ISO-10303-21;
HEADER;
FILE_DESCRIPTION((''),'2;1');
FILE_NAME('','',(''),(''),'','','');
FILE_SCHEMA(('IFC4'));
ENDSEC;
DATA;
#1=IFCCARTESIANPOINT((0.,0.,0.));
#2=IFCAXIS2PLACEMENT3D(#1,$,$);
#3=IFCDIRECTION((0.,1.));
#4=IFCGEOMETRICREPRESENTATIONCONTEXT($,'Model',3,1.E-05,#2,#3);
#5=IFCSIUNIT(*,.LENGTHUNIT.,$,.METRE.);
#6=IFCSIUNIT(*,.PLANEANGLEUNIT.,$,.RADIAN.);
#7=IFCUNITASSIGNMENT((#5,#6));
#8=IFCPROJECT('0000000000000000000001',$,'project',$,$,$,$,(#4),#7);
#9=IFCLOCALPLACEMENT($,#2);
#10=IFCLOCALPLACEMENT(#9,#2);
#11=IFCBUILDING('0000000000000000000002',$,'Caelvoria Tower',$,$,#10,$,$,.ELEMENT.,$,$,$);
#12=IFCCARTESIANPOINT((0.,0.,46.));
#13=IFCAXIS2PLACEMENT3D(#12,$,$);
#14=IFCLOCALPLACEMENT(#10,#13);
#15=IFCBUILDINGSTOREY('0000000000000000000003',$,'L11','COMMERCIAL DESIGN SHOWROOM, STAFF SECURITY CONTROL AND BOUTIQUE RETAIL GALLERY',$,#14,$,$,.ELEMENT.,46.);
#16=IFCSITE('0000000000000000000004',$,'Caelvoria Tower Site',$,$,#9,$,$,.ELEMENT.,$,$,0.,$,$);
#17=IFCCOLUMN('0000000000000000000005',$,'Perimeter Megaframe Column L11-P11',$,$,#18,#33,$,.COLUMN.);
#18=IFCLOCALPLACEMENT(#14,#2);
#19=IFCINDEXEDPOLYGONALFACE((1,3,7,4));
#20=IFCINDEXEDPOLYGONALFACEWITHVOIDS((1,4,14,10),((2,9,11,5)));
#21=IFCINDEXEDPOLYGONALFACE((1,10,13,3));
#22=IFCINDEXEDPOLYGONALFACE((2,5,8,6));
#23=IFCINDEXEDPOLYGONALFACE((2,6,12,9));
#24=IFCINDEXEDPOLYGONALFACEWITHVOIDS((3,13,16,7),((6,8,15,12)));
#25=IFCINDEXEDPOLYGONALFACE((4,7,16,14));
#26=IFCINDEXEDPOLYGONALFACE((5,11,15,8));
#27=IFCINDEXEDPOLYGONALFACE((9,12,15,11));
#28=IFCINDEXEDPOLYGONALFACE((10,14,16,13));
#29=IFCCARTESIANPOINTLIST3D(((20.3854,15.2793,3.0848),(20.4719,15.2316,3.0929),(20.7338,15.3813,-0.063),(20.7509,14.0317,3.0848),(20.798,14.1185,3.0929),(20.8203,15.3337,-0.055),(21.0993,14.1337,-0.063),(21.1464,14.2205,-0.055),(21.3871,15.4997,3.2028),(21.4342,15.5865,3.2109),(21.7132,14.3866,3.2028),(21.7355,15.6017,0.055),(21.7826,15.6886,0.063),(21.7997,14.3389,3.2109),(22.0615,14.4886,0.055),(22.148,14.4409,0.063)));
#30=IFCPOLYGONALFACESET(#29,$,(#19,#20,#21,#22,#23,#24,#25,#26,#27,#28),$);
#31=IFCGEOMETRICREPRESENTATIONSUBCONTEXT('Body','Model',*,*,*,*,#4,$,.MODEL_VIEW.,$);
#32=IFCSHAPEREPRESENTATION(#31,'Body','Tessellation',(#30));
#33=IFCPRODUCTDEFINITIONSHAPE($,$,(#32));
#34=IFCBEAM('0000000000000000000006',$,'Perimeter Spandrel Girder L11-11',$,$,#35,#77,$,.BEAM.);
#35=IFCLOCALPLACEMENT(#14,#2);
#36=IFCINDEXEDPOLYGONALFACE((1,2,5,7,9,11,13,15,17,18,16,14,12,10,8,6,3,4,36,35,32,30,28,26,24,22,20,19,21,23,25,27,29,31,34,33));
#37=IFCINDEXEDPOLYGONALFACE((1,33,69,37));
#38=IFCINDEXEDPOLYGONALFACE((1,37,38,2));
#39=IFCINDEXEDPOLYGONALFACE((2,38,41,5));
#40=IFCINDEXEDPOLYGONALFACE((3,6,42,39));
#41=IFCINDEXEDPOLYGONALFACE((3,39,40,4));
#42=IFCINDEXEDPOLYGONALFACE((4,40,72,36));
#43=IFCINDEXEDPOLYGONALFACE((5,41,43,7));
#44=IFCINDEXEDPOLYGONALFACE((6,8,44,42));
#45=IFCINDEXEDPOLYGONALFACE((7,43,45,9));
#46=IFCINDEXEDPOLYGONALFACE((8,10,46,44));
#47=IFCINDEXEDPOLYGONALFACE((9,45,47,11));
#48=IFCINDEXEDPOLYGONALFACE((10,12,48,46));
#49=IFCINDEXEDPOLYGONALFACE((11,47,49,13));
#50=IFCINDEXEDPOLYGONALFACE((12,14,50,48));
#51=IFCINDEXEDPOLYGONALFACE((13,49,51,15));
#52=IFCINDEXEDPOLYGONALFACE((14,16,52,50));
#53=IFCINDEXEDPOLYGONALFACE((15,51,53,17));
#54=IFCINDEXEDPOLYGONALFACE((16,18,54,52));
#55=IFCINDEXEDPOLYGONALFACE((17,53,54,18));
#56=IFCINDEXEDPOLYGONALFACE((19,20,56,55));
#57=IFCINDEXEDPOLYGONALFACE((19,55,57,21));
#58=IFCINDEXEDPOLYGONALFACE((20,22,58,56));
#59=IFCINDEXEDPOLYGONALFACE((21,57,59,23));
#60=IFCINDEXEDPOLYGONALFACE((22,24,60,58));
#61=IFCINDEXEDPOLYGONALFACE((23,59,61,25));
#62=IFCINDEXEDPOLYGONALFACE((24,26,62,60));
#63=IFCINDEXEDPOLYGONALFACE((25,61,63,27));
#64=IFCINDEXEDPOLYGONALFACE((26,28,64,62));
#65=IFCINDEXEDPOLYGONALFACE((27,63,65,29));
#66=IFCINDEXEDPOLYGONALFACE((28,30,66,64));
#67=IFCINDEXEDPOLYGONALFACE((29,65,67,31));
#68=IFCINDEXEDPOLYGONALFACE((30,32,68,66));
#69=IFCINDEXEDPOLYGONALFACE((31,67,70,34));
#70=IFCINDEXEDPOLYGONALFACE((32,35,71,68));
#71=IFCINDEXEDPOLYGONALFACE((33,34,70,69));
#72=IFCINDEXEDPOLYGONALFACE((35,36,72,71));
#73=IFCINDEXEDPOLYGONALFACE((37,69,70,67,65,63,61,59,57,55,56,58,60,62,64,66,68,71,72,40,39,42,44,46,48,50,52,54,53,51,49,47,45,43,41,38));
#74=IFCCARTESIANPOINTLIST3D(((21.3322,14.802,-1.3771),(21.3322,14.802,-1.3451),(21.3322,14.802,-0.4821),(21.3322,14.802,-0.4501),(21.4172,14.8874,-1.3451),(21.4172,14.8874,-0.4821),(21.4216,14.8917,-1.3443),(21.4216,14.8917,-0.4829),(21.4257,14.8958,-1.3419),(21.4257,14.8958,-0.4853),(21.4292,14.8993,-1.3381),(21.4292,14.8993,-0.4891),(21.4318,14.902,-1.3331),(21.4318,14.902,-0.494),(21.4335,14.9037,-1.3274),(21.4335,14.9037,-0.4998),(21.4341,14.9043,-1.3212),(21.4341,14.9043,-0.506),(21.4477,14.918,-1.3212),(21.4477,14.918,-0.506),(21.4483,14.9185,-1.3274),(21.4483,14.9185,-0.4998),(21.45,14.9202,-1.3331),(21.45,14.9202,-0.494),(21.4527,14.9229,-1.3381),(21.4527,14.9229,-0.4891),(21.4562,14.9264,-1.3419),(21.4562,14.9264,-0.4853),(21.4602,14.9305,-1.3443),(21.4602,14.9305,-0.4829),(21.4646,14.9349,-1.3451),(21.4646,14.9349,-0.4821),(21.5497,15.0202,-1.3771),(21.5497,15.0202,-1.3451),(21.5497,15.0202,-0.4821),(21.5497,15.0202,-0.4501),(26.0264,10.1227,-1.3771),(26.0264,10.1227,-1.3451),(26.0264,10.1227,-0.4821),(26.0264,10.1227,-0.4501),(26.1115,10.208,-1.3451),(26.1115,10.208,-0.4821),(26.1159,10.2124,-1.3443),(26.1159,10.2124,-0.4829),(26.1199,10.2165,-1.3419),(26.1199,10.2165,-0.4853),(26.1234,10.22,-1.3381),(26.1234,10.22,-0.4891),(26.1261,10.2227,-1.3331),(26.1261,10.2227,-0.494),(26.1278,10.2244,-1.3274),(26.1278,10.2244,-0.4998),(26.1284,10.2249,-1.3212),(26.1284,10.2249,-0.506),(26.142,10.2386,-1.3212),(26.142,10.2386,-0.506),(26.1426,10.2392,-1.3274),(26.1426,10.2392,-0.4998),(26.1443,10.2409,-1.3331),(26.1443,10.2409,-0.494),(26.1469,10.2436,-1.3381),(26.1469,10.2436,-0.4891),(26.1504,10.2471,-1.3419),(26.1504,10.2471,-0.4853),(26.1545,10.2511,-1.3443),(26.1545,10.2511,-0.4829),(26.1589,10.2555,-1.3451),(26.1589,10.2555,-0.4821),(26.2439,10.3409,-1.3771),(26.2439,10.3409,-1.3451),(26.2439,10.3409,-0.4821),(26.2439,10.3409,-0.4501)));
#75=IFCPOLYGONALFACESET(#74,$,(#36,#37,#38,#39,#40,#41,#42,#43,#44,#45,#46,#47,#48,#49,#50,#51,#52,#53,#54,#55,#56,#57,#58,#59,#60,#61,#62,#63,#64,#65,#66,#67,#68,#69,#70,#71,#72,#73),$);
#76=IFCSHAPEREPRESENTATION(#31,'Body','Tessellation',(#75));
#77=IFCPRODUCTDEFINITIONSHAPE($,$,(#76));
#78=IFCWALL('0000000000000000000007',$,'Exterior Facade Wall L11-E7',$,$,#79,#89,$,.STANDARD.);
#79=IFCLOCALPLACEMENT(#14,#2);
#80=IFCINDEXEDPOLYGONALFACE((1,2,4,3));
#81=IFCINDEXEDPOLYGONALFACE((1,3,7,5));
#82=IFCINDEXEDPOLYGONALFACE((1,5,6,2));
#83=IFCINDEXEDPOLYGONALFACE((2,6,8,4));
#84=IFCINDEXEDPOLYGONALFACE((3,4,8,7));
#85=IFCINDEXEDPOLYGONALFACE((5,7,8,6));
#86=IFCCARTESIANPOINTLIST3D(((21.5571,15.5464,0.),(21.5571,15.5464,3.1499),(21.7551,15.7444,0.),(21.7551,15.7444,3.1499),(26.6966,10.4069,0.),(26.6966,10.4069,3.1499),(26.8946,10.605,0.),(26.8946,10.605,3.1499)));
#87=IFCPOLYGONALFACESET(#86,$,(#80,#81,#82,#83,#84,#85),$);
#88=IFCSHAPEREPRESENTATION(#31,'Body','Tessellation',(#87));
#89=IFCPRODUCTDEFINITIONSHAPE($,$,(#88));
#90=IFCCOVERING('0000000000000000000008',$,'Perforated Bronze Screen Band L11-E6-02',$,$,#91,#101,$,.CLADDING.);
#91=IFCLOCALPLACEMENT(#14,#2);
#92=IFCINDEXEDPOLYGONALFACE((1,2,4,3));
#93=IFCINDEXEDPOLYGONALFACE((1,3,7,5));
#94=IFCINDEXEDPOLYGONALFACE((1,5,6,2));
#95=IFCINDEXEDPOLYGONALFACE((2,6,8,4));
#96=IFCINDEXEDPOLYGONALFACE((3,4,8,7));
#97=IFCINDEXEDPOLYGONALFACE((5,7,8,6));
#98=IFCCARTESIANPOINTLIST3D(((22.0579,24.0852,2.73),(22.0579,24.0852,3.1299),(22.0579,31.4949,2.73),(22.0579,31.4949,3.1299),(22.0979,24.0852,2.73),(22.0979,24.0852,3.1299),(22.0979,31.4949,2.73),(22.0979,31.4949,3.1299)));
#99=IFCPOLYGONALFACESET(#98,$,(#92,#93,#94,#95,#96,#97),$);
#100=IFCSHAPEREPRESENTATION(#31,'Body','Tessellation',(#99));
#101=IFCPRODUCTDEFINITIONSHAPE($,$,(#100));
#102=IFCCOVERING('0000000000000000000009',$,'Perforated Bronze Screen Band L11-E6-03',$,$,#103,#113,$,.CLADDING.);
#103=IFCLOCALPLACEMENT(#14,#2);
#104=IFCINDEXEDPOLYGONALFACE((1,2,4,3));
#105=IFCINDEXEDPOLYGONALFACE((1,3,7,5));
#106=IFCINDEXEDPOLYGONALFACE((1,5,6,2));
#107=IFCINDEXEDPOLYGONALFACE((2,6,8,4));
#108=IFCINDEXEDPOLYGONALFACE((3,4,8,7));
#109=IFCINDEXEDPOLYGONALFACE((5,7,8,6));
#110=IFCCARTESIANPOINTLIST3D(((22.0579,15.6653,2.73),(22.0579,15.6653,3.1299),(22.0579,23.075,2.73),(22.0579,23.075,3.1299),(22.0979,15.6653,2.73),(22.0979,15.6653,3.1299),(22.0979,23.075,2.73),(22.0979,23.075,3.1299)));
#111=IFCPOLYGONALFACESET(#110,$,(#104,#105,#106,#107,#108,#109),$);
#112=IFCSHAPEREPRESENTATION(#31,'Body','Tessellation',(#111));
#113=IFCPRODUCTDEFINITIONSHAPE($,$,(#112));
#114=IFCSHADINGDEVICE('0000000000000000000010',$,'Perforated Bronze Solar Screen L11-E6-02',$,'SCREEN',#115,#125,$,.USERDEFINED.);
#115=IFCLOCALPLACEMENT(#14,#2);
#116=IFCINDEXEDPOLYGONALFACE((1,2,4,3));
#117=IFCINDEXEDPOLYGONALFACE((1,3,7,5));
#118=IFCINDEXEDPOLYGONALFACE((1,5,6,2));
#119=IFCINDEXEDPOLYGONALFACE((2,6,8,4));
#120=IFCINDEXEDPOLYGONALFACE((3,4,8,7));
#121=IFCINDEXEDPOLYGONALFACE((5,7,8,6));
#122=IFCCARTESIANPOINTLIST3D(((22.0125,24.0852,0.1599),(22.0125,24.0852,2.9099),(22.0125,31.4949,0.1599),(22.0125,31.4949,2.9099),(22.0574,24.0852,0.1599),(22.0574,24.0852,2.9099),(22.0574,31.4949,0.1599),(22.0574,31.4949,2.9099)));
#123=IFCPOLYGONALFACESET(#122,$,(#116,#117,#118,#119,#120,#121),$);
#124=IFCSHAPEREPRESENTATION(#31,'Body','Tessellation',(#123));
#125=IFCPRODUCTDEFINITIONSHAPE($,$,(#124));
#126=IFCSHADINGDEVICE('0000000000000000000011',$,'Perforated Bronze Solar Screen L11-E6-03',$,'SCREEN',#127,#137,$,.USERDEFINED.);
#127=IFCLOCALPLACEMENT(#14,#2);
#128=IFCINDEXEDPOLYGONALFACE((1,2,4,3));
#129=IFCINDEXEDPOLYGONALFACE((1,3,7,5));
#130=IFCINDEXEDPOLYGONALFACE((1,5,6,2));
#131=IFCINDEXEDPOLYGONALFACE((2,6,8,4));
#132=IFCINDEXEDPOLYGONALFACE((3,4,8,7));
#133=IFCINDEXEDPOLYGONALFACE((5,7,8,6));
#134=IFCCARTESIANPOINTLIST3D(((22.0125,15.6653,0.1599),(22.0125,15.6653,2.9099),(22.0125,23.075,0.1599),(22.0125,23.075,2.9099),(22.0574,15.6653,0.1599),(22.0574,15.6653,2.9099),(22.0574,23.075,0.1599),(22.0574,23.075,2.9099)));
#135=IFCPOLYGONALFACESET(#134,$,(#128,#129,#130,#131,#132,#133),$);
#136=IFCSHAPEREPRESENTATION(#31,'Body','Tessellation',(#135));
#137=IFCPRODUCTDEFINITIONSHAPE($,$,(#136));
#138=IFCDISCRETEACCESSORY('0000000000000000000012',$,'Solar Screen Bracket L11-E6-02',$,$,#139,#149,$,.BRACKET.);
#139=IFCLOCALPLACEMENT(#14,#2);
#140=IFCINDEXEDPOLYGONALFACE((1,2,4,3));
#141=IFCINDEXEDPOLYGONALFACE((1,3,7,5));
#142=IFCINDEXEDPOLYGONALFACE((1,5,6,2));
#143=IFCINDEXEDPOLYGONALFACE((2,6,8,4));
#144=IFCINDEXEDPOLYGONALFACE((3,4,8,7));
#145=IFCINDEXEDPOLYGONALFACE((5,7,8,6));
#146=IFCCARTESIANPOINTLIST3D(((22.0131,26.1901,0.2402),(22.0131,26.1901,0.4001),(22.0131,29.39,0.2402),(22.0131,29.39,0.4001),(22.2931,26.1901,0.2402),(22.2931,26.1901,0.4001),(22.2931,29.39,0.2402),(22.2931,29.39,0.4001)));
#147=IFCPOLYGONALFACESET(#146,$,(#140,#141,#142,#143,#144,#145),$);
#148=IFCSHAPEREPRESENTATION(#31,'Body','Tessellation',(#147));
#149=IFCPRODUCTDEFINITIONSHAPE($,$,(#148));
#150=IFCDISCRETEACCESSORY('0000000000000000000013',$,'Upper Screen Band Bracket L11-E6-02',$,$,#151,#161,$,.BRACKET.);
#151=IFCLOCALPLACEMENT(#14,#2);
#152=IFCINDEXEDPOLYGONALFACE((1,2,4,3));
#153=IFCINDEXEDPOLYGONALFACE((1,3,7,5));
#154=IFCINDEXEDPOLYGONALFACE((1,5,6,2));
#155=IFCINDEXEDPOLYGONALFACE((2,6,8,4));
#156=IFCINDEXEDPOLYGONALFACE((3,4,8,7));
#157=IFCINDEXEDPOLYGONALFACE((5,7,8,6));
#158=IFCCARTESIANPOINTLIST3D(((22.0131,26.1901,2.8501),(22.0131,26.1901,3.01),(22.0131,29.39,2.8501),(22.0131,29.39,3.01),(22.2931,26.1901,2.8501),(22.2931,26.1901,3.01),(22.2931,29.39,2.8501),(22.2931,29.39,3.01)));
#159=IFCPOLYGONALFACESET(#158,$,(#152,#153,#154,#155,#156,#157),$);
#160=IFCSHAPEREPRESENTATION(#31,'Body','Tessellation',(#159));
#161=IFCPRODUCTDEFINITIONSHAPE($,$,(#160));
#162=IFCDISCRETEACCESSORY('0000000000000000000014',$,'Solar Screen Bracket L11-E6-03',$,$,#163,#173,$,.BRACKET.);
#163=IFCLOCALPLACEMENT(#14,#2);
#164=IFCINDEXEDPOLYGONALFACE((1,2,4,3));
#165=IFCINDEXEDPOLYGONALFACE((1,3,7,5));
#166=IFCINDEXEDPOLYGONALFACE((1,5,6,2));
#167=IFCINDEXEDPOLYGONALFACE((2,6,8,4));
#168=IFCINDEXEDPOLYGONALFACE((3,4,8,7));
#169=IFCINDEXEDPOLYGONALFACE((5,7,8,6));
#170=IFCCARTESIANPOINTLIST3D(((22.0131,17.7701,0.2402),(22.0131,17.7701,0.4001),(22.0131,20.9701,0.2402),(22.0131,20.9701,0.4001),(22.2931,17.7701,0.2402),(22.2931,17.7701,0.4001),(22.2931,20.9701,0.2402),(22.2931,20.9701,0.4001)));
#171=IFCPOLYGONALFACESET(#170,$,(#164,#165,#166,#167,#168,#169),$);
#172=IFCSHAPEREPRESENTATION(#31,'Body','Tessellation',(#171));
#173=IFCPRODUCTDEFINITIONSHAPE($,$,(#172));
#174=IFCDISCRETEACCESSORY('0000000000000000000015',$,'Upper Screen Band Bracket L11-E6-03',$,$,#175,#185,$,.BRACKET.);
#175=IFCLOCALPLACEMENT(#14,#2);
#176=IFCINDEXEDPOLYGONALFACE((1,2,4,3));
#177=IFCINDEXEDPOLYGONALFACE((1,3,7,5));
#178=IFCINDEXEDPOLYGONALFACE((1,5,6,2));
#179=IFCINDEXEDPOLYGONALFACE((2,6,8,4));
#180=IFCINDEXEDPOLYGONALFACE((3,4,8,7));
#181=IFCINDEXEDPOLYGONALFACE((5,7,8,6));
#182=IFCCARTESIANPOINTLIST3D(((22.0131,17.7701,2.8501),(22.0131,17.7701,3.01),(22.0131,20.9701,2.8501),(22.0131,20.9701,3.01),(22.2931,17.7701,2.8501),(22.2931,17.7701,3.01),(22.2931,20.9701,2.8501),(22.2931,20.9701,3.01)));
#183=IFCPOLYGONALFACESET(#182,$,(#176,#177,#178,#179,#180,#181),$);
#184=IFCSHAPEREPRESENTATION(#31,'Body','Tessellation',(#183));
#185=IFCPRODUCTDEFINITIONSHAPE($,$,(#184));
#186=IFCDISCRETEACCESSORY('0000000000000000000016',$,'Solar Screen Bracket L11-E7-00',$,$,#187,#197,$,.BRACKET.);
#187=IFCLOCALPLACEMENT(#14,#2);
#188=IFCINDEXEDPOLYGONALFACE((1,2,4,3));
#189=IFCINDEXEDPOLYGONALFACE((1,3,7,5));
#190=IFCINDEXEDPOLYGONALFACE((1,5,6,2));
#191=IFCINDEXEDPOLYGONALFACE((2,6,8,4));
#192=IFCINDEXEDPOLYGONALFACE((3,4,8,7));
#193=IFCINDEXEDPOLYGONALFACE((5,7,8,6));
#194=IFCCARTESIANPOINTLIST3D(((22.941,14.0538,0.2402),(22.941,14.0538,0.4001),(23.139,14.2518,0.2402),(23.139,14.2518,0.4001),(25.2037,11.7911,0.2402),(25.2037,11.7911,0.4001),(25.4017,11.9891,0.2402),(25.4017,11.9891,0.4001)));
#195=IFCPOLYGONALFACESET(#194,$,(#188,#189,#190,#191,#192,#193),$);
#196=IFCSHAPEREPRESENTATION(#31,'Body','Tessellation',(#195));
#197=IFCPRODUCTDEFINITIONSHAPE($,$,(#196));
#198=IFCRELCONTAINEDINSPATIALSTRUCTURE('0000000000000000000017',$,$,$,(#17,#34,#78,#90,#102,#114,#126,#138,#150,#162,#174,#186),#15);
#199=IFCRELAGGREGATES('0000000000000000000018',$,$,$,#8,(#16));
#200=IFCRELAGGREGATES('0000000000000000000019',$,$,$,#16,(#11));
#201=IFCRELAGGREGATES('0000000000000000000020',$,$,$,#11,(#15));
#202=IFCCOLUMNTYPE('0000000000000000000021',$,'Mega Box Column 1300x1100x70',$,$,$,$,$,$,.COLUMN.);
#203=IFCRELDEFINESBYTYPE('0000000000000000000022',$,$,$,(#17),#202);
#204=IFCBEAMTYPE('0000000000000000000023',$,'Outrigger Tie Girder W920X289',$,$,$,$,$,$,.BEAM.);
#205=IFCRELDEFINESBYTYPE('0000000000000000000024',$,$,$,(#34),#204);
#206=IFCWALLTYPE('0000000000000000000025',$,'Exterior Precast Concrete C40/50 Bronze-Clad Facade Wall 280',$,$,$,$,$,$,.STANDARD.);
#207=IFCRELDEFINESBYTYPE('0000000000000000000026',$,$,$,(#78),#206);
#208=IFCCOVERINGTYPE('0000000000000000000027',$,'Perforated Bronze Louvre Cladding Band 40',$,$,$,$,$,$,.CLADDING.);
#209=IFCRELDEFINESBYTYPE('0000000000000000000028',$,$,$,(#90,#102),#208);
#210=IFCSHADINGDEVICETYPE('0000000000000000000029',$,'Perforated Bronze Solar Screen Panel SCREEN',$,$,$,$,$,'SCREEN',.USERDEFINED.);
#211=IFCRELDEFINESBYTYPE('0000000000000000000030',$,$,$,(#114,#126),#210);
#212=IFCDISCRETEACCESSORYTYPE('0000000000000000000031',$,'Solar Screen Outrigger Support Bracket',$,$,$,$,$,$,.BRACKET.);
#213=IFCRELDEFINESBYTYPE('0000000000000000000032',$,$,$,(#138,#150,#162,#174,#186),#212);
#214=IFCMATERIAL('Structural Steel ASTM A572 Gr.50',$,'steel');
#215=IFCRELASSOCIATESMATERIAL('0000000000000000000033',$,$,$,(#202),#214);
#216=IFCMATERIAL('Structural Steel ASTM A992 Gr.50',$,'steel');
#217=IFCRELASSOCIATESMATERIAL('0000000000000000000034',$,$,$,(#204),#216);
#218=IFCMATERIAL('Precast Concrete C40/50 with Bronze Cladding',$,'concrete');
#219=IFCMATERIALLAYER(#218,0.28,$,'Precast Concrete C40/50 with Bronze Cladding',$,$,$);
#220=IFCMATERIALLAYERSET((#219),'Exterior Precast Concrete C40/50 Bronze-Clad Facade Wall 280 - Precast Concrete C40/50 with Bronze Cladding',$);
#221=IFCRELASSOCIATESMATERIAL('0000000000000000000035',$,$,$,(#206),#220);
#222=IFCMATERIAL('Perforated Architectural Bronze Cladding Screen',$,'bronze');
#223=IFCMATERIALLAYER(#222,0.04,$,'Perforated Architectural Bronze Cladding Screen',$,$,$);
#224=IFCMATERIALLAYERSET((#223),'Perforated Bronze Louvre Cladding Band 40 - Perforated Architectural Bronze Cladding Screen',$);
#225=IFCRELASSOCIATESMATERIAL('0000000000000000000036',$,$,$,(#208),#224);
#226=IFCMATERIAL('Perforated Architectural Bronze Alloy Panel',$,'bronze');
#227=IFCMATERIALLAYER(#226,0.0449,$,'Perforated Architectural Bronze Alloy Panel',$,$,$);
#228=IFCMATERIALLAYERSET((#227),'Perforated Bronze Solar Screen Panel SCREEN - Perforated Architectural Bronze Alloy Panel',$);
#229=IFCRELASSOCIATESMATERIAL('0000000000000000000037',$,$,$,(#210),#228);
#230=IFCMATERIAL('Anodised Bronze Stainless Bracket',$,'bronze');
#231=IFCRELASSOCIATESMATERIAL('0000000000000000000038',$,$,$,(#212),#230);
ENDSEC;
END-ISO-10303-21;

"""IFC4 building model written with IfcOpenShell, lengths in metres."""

from ifc_helpers import new_model, si_unit, direction, frame, frame_2d, origin, origin_2d, place, context, subcontext, project, spatial, rectangle, hollow_rectangle, i_section, extrude, material, layer, layer_set, material_profile, profile_set, type_object, element, save


model = new_model("IFC4")

# Units and contexts
model_context = context("Model", 3, precision=1e-05, world=origin(), true_north=direction((0.0, 1.0)))
body_context = subcontext(model_context, "Body", "Model", "MODEL_VIEW")
ifc_project = project(units=[si_unit("LENGTHUNIT", "METRE"), si_unit("PLANEANGLEUNIT", "RADIAN")], contexts=[model_context])

# Site, building, storey
site_placement = place(None, origin())
site = spatial("IfcSite", under=ifc_project, at=site_placement, Name="Caelvoria Tower Site", CompositionType="ELEMENT", RefElevation=0.0)
building_placement = place(site_placement, origin())
building = spatial("IfcBuilding", under=site, at=building_placement, Name="Caelvoria Tower", CompositionType="ELEMENT")
storey_placement = place(building_placement, frame((0.0, 0.0, 46.0)))
storey = spatial("IfcBuildingStorey", under=building, at=storey_placement, Name="L11", Description="COMMERCIAL DESIGN SHOWROOM, STAFF SECURITY CONTROL AND BOUTIQUE RETAIL GALLERY", CompositionType="ELEMENT", Elevation=46.0)

# Column
ifc_material_1 = material(Name="Structural Steel ASTM A572 Gr.50", Category="steel")
ifc_material_profile_1 = material_profile(ifc_material_1, hollow_rectangle(XDim=1.1001, YDim=1.3, WallThickness=0.0701, at=origin_2d()), Name="Structural Steel ASTM A572 Gr.50")
ifc_profile_set_1 = profile_set([ifc_material_profile_1], Name="BOX1300X1100X70 - Structural Steel ASTM A572 Gr.50")
column_type = type_object("IfcColumnType", Name="Mega Box Column 1300x1100x70", PredefinedType="COLUMN", material=ifc_profile_set_1)
column_placement = place(storey_placement, frame((21.4409, 14.9111, 0.0), z_axis=(-0.109943, -0.032205, 0.993416), x_axis=(0.953357, 0.279259, 0.114563)))
element("IfcColumn", 1, at=column_placement, inside=storey, type_object=column_type, Name="Perimeter Megaframe Column L11-P11", PredefinedType="COLUMN", context=body_context, shape_type="SweptSolid", body=[
    extrude(hollow_rectangle(XDim=1.1001, YDim=1.3, WallThickness=0.0701, at=origin_2d()), origin(), (0.0, 0.0, 1.0), 3.1687),
])

# Beam
ifc_material_2 = material(Name="Structural Steel ASTM A992 Gr.50", Category="steel")
ifc_material_profile_2 = material_profile(ifc_material_2, i_section(OverallWidth=0.3081, OverallDepth=0.927, WebThickness=0.0193, FlangeThickness=0.032, FilletRadius=0.0239, at=origin_2d()), Name="Structural Steel ASTM A992 Gr.50")
ifc_profile_set_2 = profile_set([ifc_material_profile_2], Name="W920X289 - Structural Steel ASTM A992 Gr.50")
beam_type = type_object("IfcBeamType", Name="Outrigger Tie Girder W920X289", PredefinedType="BEAM", material=ifc_profile_set_2)
beam_placement = place(storey_placement, frame((21.4409, 14.9111, -0.9136), z_axis=(0.708229, -0.705982, 0.0), x_axis=(0.705982, 0.708229, 0.0)))
element("IfcBeam", 2, at=beam_placement, inside=storey, type_object=beam_type, Name="Perimeter Spandrel Girder L11-11", PredefinedType="BEAM", context=body_context, shape_type="SweptSolid", body=[
    extrude(i_section(OverallWidth=0.3081, OverallDepth=0.927, WebThickness=0.0193, FlangeThickness=0.032, FilletRadius=0.0239, at=origin_2d()), origin(), (0.0, 0.0, 1.0), 6.6282),
])

# Wall
ifc_material_3 = material(Name="Precast Concrete C40/50 with Bronze Cladding", Category="concrete")
ifc_layer_1 = layer(ifc_material_3, 0.28, Name="Precast Concrete C40/50 with Bronze Cladding")
ifc_layer_set_1 = layer_set([ifc_layer_1], Name="Exterior Precast Concrete C40/50 Bronze-Clad Facade Wall 280 - Precast Concrete C40/50 with Bronze Cladding")
wall_type = type_object("IfcWallType", Name="Exterior Precast Concrete C40/50 Bronze-Clad Facade Wall 280", PredefinedType="STANDARD", material=ifc_layer_set_1)
wall_placement = place(storey_placement, frame((21.656, 15.6455, 0.0), z_axis=(0.0, 0.0, 1.0), x_axis=(0.707107, -0.707107, 0.0)))
element("IfcWall", 3, at=wall_placement, inside=storey, type_object=wall_type, Name="Exterior Facade Wall L11-E7", PredefinedType="STANDARD", context=body_context, shape_type="SweptSolid", body=[
    extrude(rectangle(XDim=7.2683, YDim=0.28, at=frame_2d((3.6343, 0.0))), origin(), (0.0, 0.0, 1.0), 3.1499),
])

# Coverings
ifc_material_4 = material(Name="Perforated Architectural Bronze Cladding Screen", Category="bronze")
ifc_layer_2 = layer(ifc_material_4, 0.04, Name="Perforated Architectural Bronze Cladding Screen")
ifc_layer_set_2 = layer_set([ifc_layer_2], Name="Perforated Bronze Louvre Cladding Band 40 - Perforated Architectural Bronze Cladding Screen")
covering_type = type_object("IfcCoveringType", Name="Perforated Bronze Louvre Cladding Band 40", PredefinedType="CLADDING", material=ifc_layer_set_2)
for number, where, z_axis, x_axis, name in (
    (4, (22.0779, 27.79, 2.73), (0.0, 0.0, 1.0), (0.0, -1.0, 0.0), "Perforated Bronze Screen Band L11-E6-02"),
    (5, (22.0779, 19.3701, 2.73), (0.0, 0.0, 1.0), (0.0, -1.0, 0.0), "Perforated Bronze Screen Band L11-E6-03"),
):
    element("IfcCovering", number, at=place(storey_placement, frame(where, z_axis=z_axis, x_axis=x_axis)), inside=storey, type_object=covering_type, Name=name, PredefinedType="CLADDING", context=body_context, shape_type="SweptSolid", body=[
        extrude(rectangle(XDim=7.4097, YDim=0.04, at=origin_2d()), origin(), (0.0, 0.0, 1.0), 0.3999),
    ])

# Shading devices
ifc_material_5 = material(Name="Perforated Architectural Bronze Alloy Panel", Category="bronze")
ifc_layer_3 = layer(ifc_material_5, 0.0449, Name="Perforated Architectural Bronze Alloy Panel")
ifc_layer_set_3 = layer_set([ifc_layer_3], Name="Perforated Bronze Solar Screen Panel SCREEN - Perforated Architectural Bronze Alloy Panel")
shading_device_type = type_object("IfcShadingDeviceType", Name="Perforated Bronze Solar Screen Panel SCREEN", ElementType="SCREEN", PredefinedType="USERDEFINED", material=ifc_layer_set_3)
for number, where, z_axis, x_axis, name in (
    (6, (22.0349, 27.79, 0.1599), (0.0, 0.0, 1.0), (0.0, -1.0, 0.0), "Perforated Bronze Solar Screen L11-E6-02"),
    (7, (22.0349, 19.3701, 0.1599), (0.0, 0.0, 1.0), (0.0, -1.0, 0.0), "Perforated Bronze Solar Screen L11-E6-03"),
):
    element("IfcShadingDevice", number, at=place(storey_placement, frame(where, z_axis=z_axis, x_axis=x_axis)), inside=storey, type_object=shading_device_type, Name=name, ObjectType="SCREEN", PredefinedType="USERDEFINED", context=body_context, shape_type="SweptSolid", body=[
        extrude(rectangle(XDim=7.4097, YDim=0.0449, at=origin_2d()), origin(), (0.0, 0.0, 1.0), 2.75),
    ])

# Discrete accessories
ifc_material_6 = material(Name="Anodised Bronze Stainless Bracket", Category="bronze")
discrete_accessory_type = type_object("IfcDiscreteAccessoryType", Name="Solar Screen Outrigger Support Bracket", PredefinedType="BRACKET", material=ifc_material_6)
for number, where, z_axis, x_axis, name in (
    (8, (22.1531, 27.79, 0.2402), (0.0, 0.0, 1.0), (0.0, -1.0, 0.0), "Solar Screen Bracket L11-E6-02"),
    (9, (22.1531, 27.79, 2.8501), (0.0, 0.0, 1.0), (0.0, -1.0, 0.0), "Upper Screen Band Bracket L11-E6-02"),
    (10, (22.1531, 19.3701, 0.2402), (0.0, 0.0, 1.0), (0.0, -1.0, 0.0), "Solar Screen Bracket L11-E6-03"),
    (11, (22.1531, 19.3701, 2.8501), (0.0, 0.0, 1.0), (0.0, -1.0, 0.0), "Upper Screen Band Bracket L11-E6-03"),
    (12, (24.1714, 13.0215, 0.2402), (0.0, 0.0, 1.0), (0.707107, -0.707107, 0.0), "Solar Screen Bracket L11-E7-00"),
):
    element("IfcDiscreteAccessory", number, at=place(storey_placement, frame(where, z_axis=z_axis, x_axis=x_axis)), inside=storey, type_object=discrete_accessory_type, Name=name, PredefinedType="BRACKET", context=body_context, shape_type="SweptSolid", body=[
        extrude(rectangle(XDim=3.2, YDim=0.28, at=origin_2d()), origin(), (0.0, 0.0, 1.0), 0.1599),
    ])

save(model, "model.ifc")
